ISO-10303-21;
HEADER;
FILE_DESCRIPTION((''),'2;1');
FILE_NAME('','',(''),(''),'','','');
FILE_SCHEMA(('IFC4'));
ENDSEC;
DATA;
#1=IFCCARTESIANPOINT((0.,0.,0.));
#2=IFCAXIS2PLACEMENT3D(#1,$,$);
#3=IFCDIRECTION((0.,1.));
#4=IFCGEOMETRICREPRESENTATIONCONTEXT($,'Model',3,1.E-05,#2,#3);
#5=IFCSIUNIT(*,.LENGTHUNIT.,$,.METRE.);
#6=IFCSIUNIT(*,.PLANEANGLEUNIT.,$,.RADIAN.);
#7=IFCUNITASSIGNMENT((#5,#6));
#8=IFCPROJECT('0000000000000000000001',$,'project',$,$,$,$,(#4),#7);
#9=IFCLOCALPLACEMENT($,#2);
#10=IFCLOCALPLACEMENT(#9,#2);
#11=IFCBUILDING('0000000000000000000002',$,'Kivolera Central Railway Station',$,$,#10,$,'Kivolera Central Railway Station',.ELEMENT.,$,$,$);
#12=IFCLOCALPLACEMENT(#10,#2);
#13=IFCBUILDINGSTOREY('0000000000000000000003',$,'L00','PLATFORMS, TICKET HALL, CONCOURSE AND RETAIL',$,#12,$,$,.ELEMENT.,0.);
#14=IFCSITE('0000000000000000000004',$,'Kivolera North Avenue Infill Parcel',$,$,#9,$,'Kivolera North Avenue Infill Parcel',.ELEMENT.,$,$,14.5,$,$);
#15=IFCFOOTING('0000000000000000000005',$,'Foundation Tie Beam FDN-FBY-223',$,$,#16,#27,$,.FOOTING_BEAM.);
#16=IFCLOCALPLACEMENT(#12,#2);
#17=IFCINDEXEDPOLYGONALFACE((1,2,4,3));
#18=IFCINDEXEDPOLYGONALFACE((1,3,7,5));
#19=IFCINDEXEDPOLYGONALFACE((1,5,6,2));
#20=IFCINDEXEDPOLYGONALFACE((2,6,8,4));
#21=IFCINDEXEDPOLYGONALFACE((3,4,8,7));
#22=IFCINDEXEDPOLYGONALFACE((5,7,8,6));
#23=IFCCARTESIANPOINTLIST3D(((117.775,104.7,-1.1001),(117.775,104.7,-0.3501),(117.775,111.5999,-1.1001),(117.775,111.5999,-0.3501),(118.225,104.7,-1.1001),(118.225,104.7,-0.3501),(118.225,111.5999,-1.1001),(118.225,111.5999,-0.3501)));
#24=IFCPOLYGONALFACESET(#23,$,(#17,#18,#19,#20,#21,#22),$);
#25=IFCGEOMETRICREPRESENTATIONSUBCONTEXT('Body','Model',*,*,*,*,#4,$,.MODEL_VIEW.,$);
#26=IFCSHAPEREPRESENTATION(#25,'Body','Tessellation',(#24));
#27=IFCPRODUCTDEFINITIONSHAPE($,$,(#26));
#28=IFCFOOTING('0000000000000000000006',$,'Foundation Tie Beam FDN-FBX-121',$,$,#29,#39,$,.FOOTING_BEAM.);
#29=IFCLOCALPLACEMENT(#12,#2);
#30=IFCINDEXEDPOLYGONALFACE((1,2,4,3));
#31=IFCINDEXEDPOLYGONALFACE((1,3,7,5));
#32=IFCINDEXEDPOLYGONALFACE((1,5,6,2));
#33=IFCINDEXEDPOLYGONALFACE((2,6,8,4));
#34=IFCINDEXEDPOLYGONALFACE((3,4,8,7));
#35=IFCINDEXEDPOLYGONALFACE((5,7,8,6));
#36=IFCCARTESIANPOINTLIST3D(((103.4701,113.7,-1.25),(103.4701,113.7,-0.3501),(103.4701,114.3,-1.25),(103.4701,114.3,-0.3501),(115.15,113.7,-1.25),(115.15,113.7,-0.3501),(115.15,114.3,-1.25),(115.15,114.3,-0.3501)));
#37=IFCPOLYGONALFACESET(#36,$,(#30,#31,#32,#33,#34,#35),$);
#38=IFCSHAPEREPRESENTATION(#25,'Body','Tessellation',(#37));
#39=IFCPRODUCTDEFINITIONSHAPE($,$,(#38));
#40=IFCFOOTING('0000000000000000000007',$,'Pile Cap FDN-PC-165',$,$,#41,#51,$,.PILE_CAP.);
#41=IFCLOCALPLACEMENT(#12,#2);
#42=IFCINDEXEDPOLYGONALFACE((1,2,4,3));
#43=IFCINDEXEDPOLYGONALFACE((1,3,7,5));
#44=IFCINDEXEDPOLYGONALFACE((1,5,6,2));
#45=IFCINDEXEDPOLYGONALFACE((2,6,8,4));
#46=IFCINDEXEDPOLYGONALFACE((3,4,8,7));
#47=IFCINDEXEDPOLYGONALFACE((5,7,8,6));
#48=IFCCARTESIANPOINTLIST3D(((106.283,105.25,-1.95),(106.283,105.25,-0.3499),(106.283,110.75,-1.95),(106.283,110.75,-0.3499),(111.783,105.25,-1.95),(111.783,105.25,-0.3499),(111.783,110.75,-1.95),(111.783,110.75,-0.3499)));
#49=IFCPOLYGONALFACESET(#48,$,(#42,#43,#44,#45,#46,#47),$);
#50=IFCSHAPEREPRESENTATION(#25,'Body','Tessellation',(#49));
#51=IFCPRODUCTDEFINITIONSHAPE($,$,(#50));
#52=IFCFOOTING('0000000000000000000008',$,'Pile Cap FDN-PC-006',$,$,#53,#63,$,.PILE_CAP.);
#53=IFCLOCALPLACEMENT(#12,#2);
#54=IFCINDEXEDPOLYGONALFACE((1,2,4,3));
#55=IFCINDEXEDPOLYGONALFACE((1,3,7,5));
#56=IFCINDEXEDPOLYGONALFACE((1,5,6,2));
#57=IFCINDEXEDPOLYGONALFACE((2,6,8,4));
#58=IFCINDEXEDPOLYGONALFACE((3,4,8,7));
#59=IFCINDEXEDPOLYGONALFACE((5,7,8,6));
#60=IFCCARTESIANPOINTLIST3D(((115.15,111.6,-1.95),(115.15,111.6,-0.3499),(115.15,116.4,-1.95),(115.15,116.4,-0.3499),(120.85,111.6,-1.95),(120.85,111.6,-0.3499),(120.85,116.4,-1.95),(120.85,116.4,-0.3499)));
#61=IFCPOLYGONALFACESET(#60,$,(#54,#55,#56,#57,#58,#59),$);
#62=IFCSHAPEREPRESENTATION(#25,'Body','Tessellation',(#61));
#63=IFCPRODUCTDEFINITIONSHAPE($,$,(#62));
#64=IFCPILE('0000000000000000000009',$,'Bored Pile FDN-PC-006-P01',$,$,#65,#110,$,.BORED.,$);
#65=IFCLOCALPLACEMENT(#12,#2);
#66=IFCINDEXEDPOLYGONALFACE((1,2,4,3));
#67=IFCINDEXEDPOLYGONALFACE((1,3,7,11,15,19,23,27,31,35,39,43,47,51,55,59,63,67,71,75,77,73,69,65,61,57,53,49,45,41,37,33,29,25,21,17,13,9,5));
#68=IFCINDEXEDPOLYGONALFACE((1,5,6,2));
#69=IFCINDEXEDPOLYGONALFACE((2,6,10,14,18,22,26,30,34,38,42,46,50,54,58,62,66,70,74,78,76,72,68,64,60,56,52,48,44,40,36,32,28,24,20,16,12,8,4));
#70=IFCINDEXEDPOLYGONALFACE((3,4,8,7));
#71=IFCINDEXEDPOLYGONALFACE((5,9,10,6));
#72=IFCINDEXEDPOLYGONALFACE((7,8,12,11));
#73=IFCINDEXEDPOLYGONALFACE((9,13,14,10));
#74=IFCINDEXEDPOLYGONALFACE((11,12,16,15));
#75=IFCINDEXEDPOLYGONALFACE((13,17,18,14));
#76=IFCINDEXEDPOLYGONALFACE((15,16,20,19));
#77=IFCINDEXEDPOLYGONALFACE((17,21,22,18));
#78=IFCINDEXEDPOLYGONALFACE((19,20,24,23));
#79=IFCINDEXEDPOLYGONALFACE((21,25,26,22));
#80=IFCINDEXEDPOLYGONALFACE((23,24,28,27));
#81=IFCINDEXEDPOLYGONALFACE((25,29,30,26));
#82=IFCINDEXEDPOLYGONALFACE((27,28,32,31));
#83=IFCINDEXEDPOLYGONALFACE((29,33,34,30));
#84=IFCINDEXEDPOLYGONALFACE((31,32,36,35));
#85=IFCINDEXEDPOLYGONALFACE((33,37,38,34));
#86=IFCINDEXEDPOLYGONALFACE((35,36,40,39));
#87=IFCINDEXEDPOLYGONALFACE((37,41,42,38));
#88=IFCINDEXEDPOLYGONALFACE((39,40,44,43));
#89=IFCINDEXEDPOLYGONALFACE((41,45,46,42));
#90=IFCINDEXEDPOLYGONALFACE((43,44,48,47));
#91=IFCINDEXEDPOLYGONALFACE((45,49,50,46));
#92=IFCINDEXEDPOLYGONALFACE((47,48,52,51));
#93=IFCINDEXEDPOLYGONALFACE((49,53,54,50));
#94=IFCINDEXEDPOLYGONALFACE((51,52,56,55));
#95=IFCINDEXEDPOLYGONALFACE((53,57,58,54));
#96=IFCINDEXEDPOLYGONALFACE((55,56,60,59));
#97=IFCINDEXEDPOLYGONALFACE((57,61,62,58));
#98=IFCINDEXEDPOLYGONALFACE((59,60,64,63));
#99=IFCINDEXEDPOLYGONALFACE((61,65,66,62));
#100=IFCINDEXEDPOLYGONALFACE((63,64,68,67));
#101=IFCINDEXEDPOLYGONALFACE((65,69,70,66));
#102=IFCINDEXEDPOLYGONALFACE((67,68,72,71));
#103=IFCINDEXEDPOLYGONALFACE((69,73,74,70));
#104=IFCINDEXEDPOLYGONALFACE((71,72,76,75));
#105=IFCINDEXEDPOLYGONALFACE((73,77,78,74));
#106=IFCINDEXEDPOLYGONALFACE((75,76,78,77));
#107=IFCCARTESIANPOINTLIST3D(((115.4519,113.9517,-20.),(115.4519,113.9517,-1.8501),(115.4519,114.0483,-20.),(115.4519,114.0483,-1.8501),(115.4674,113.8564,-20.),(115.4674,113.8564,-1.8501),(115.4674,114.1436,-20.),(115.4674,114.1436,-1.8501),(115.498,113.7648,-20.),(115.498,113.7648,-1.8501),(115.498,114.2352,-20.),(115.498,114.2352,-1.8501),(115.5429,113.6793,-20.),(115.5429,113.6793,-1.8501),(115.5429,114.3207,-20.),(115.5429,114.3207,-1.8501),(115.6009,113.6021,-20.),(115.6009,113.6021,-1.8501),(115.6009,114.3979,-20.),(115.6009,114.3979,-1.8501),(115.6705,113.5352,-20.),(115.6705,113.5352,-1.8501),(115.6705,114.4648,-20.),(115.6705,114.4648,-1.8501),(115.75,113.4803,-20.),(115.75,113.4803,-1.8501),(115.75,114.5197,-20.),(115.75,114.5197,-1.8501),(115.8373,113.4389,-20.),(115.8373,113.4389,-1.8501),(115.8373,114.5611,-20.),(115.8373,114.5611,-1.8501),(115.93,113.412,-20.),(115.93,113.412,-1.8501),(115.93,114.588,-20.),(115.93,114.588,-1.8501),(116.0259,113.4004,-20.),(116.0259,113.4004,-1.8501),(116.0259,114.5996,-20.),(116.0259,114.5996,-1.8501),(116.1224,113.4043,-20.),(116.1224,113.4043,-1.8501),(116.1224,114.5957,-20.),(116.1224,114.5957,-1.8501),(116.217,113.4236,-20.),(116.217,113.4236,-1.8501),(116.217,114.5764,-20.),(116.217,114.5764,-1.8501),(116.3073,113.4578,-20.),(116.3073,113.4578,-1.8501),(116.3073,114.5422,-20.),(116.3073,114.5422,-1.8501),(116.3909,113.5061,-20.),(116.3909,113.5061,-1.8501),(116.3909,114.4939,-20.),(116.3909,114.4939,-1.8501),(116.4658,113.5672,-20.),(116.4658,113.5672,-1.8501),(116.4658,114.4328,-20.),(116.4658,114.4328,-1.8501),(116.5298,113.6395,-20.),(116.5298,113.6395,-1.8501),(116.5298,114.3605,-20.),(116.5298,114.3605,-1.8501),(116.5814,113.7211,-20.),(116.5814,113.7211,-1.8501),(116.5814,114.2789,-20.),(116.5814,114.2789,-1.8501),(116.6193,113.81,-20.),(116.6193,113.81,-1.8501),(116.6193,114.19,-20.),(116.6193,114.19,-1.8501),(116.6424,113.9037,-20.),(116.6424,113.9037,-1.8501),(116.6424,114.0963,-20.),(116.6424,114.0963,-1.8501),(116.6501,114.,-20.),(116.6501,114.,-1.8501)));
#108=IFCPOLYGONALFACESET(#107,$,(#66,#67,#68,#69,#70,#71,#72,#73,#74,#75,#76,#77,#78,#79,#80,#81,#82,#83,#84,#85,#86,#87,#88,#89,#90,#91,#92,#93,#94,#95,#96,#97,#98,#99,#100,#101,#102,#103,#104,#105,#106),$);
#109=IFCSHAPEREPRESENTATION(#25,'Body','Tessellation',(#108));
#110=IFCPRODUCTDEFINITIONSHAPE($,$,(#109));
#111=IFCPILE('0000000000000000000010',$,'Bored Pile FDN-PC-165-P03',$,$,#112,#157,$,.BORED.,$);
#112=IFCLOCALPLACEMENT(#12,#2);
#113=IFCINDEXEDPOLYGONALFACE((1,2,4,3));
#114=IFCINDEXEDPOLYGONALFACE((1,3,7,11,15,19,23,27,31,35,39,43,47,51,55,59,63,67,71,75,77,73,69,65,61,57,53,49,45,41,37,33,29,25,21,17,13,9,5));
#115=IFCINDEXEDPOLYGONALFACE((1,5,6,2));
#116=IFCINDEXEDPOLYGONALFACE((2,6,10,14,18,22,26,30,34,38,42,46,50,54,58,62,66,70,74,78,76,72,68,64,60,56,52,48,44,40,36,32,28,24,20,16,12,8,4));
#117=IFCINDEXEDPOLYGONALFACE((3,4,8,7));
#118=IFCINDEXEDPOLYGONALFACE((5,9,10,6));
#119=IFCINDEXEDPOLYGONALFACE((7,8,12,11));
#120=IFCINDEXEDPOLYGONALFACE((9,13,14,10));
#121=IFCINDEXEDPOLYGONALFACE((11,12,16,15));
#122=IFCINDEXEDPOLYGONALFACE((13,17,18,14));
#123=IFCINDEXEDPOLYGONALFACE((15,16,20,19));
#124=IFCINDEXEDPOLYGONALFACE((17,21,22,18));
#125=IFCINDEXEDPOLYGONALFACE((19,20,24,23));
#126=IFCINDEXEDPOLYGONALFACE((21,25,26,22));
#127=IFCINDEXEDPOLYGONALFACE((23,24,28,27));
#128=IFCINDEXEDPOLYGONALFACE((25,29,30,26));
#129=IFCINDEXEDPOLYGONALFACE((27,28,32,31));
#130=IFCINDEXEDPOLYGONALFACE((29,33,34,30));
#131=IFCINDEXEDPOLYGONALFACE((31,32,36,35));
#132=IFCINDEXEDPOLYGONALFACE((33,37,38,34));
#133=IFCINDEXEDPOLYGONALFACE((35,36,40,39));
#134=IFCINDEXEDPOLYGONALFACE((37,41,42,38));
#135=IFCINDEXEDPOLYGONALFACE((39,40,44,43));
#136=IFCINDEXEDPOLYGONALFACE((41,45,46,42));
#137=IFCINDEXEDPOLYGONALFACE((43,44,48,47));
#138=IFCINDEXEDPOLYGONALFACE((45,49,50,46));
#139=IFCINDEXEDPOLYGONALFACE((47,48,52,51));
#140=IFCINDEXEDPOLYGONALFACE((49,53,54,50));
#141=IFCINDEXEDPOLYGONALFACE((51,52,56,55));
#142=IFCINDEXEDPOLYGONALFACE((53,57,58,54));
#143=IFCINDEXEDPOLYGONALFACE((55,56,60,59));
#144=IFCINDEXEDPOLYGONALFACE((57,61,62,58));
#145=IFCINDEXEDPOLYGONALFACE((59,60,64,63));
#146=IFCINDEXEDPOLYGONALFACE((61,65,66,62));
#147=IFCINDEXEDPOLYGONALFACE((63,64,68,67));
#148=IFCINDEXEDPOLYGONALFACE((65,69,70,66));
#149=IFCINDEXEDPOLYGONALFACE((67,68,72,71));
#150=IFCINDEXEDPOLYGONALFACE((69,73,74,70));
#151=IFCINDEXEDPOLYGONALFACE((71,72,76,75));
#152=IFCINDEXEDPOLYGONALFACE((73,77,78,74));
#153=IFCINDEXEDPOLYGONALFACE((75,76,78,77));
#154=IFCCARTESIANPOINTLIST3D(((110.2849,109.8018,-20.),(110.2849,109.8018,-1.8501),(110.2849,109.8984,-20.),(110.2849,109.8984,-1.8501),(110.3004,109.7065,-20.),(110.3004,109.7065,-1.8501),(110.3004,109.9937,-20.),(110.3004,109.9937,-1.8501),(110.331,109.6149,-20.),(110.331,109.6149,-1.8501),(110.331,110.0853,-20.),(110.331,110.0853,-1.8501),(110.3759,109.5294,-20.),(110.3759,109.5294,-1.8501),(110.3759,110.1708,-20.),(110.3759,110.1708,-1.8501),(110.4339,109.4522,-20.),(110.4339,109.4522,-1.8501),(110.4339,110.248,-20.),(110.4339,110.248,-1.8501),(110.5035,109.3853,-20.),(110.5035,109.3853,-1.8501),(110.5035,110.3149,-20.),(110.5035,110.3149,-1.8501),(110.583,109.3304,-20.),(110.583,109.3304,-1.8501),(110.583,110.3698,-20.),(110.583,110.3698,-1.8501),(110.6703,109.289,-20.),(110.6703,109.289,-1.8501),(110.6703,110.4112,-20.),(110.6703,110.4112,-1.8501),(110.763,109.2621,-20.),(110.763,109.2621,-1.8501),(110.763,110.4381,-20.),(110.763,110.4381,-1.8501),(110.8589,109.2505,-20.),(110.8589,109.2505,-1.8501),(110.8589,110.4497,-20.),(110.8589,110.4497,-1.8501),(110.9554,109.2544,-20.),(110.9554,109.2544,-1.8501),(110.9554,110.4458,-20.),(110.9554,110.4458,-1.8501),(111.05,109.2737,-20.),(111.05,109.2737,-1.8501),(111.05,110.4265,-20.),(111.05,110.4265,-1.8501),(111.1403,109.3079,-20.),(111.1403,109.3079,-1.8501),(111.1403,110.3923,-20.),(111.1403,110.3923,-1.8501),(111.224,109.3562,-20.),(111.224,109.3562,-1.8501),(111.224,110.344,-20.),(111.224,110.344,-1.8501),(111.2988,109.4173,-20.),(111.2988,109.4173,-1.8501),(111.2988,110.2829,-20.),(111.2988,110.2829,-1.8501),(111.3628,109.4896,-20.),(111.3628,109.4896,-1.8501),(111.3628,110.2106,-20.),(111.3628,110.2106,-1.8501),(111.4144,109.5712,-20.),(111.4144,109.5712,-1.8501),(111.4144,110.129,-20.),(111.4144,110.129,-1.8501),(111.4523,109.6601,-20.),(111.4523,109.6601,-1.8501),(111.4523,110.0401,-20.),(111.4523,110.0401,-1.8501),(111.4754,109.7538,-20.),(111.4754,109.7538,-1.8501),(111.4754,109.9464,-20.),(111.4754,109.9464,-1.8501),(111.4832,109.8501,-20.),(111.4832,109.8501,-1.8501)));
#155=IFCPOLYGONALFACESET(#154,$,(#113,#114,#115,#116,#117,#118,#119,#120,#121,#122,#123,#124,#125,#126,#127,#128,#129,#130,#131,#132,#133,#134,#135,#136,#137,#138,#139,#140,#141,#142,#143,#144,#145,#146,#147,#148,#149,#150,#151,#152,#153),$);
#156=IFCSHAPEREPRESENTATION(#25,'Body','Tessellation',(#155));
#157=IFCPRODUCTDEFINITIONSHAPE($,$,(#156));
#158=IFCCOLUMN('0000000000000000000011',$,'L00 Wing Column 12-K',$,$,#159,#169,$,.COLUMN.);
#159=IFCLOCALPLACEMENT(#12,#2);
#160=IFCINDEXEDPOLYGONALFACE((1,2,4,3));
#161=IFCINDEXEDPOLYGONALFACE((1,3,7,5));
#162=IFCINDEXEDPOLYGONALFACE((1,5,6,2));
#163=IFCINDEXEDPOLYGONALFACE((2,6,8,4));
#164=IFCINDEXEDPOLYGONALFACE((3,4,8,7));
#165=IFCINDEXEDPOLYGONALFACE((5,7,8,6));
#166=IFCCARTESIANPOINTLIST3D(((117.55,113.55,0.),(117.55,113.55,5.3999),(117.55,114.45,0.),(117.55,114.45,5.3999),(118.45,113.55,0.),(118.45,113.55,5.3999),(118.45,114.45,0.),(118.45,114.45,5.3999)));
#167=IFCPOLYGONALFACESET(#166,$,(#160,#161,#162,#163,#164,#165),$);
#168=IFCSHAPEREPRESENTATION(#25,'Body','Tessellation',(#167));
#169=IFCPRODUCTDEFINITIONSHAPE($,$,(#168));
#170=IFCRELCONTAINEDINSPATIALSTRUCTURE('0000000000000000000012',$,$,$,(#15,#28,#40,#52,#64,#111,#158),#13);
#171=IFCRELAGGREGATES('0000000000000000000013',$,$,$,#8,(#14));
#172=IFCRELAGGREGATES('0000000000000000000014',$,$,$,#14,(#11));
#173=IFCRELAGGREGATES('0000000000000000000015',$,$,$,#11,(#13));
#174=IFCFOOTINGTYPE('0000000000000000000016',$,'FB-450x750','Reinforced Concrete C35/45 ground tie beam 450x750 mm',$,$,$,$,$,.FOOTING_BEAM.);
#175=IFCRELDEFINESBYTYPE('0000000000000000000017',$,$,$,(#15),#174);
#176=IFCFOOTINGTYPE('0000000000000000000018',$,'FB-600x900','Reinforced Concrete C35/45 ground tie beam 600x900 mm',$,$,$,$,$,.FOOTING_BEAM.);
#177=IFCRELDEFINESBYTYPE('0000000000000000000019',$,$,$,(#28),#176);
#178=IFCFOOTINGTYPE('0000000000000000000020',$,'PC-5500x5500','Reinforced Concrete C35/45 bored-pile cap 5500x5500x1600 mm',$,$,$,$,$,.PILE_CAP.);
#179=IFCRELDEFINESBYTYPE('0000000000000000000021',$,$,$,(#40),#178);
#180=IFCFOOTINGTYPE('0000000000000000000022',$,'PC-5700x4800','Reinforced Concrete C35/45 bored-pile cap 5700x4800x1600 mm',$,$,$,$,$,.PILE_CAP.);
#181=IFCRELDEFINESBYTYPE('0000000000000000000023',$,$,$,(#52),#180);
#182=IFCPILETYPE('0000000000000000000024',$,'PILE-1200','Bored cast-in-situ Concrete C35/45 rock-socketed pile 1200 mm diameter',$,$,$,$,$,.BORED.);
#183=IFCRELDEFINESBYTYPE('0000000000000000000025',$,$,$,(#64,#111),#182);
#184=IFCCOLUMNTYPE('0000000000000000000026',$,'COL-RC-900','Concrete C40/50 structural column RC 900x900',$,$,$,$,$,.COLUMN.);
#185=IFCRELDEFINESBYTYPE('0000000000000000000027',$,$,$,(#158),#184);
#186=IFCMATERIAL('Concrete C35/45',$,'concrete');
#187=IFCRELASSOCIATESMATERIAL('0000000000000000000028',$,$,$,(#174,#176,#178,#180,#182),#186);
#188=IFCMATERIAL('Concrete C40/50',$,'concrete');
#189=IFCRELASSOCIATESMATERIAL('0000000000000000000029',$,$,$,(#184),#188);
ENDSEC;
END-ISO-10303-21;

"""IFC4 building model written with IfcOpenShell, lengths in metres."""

from ifc_helpers import new_model, si_unit, direction, frame, origin, origin_2d, place, context, subcontext, project, spatial, rectangle, circle, extrude, material, material_profile, profile_set, type_object, element, save


model = new_model("IFC4")

# Units and contexts
model_context = context("Model", 3, precision=1e-05, world=origin(), true_north=direction((0.0, 1.0)))
body_context = subcontext(model_context, "Body", "Model", "MODEL_VIEW")
ifc_project = project(units=[si_unit("LENGTHUNIT", "METRE"), si_unit("PLANEANGLEUNIT", "RADIAN")], contexts=[model_context])

# Site, building, storey
site_placement = place(None, origin())
site = spatial("IfcSite", under=ifc_project, at=site_placement, Name="Kivolera North Avenue Infill Parcel", LongName="Kivolera North Avenue Infill Parcel", CompositionType="ELEMENT", RefElevation=14.5)
building_placement = place(site_placement, origin())
building = spatial("IfcBuilding", under=site, at=building_placement, Name="Kivolera Central Railway Station", LongName="Kivolera Central Railway Station", CompositionType="ELEMENT")
storey_placement = place(building_placement, origin())
storey = spatial("IfcBuildingStorey", under=building, at=storey_placement, Name="L00", Description="PLATFORMS, TICKET HALL, CONCOURSE AND RETAIL", CompositionType="ELEMENT", Elevation=0.0)

# Footings
ifc_material_1 = material(Name="Concrete C35/45", Category="concrete")
footing_type_1 = type_object("IfcFootingType", Name="FB-450x750", Description="Reinforced Concrete C35/45 ground tie beam 450x750 mm", PredefinedType="FOOTING_BEAM", material=ifc_material_1)
footing_1_placement = place(storey_placement, frame((118.0, 108.1499, -1.1001), z_axis=(0.0, 0.0, 1.0), x_axis=(1.0, 0.0, 0.0)))
element("IfcFooting", 1, at=footing_1_placement, inside=storey, type_object=footing_type_1, Name="Foundation Tie Beam FDN-FBY-223", PredefinedType="FOOTING_BEAM", context=body_context, shape_type="SweptSolid", body=[
    extrude(rectangle(XDim=0.45, YDim=6.8999, at=origin_2d()), origin(), (0.0, 0.0, 1.0), 0.75),
])
footing_type_2 = type_object("IfcFootingType", Name="FB-600x900", Description="Reinforced Concrete C35/45 ground tie beam 600x900 mm", PredefinedType="FOOTING_BEAM", material=ifc_material_1)
footing_2_placement = place(storey_placement, frame((109.3101, 114.0, -1.25), z_axis=(0.0, 0.0, 1.0), x_axis=(1.0, 0.0, 0.0)))
element("IfcFooting", 2, at=footing_2_placement, inside=storey, type_object=footing_type_2, Name="Foundation Tie Beam FDN-FBX-121", PredefinedType="FOOTING_BEAM", context=body_context, shape_type="SweptSolid", body=[
    extrude(rectangle(XDim=11.6799, YDim=0.6001, at=origin_2d()), origin(), (0.0, 0.0, 1.0), 0.8999),
])
footing_type_3 = type_object("IfcFootingType", Name="PC-5500x5500", Description="Reinforced Concrete C35/45 bored-pile cap 5500x5500x1600 mm", PredefinedType="PILE_CAP", material=ifc_material_1)
footing_3_placement = place(storey_placement, frame((109.033, 108.0, -1.95), z_axis=(0.0, 0.0, 1.0), x_axis=(1.0, 0.0, 0.0)))
element("IfcFooting", 3, at=footing_3_placement, inside=storey, type_object=footing_type_3, Name="Pile Cap FDN-PC-165", PredefinedType="PILE_CAP", context=body_context, shape_type="SweptSolid", body=[
    extrude(rectangle(XDim=5.5, YDim=5.5, at=origin_2d()), origin(), (0.0, 0.0, 1.0), 1.6001),
])
footing_type_4 = type_object("IfcFootingType", Name="PC-5700x4800", Description="Reinforced Concrete C35/45 bored-pile cap 5700x4800x1600 mm", PredefinedType="PILE_CAP", material=ifc_material_1)
footing_4_placement = place(storey_placement, frame((118.0, 114.0, -1.95), z_axis=(0.0, 0.0, 1.0), x_axis=(1.0, 0.0, 0.0)))
element("IfcFooting", 4, at=footing_4_placement, inside=storey, type_object=footing_type_4, Name="Pile Cap FDN-PC-006", PredefinedType="PILE_CAP", context=body_context, shape_type="SweptSolid", body=[
    extrude(rectangle(XDim=5.7, YDim=4.8, at=origin_2d()), origin(), (0.0, 0.0, 1.0), 1.6001),
])

# Piles
ifc_material_profile_1 = material_profile(ifc_material_1, circle(Radius=0.6001, at=origin_2d()), Name="PILE D1200")
ifc_profile_set_1 = profile_set([ifc_material_profile_1], Name="Concrete C35/45")
pile_type = type_object("IfcPileType", Name="PILE-1200", Description="Bored cast-in-situ Concrete C35/45 rock-socketed pile 1200 mm diameter", PredefinedType="BORED", material=ifc_profile_set_1)
for number, where, z_axis, x_axis, name in (
    (5, (116.05, 114.0, -1.8501), (0.0, 0.0, -1.0), (1.0, 0.0, 0.0), "Bored Pile FDN-PC-006-P01"),
    (6, (110.8831, 109.8501, -1.8501), (0.0, 0.0, -1.0), (1.0, 0.0, 0.0), "Bored Pile FDN-PC-165-P03"),
):
    element("IfcPile", number, at=place(storey_placement, frame(where, z_axis=z_axis, x_axis=x_axis)), inside=storey, type_object=pile_type, Name=name, PredefinedType="BORED", context=body_context, shape_type="SweptSolid", body=[
        extrude(circle(Radius=0.6001, at=origin_2d()), origin(), (0.0, 0.0, 1.0), 18.1499),
    ])

# Column
ifc_material_2 = material(Name="Concrete C40/50", Category="concrete")
ifc_material_profile_2 = material_profile(ifc_material_2, rectangle(XDim=0.8999, YDim=0.8999, at=origin_2d()), Name="RC 900x900")
ifc_profile_set_2 = profile_set([ifc_material_profile_2], Name="Concrete C40/50")
column_type_1 = type_object("IfcColumnType", Name="COL-RC-900", Description="Concrete C40/50 structural column RC 900x900", PredefinedType="COLUMN", material=ifc_profile_set_2)
column_1_placement = place(storey_placement, frame((118.0, 114.0, 0.0), z_axis=(0.0, 0.0, 1.0), x_axis=(1.0, 0.0, 0.0)))
element("IfcColumn", 7, at=column_1_placement, inside=storey, type_object=column_type_1, Name="L00 Wing Column 12-K", PredefinedType="COLUMN", context=body_context, shape_type="SweptSolid", body=[
    extrude(rectangle(XDim=0.8999, YDim=0.8999, at=origin_2d()), origin(), (0.0, 0.0, 1.0), 5.3999),
])

save(model, "model.ifc")
